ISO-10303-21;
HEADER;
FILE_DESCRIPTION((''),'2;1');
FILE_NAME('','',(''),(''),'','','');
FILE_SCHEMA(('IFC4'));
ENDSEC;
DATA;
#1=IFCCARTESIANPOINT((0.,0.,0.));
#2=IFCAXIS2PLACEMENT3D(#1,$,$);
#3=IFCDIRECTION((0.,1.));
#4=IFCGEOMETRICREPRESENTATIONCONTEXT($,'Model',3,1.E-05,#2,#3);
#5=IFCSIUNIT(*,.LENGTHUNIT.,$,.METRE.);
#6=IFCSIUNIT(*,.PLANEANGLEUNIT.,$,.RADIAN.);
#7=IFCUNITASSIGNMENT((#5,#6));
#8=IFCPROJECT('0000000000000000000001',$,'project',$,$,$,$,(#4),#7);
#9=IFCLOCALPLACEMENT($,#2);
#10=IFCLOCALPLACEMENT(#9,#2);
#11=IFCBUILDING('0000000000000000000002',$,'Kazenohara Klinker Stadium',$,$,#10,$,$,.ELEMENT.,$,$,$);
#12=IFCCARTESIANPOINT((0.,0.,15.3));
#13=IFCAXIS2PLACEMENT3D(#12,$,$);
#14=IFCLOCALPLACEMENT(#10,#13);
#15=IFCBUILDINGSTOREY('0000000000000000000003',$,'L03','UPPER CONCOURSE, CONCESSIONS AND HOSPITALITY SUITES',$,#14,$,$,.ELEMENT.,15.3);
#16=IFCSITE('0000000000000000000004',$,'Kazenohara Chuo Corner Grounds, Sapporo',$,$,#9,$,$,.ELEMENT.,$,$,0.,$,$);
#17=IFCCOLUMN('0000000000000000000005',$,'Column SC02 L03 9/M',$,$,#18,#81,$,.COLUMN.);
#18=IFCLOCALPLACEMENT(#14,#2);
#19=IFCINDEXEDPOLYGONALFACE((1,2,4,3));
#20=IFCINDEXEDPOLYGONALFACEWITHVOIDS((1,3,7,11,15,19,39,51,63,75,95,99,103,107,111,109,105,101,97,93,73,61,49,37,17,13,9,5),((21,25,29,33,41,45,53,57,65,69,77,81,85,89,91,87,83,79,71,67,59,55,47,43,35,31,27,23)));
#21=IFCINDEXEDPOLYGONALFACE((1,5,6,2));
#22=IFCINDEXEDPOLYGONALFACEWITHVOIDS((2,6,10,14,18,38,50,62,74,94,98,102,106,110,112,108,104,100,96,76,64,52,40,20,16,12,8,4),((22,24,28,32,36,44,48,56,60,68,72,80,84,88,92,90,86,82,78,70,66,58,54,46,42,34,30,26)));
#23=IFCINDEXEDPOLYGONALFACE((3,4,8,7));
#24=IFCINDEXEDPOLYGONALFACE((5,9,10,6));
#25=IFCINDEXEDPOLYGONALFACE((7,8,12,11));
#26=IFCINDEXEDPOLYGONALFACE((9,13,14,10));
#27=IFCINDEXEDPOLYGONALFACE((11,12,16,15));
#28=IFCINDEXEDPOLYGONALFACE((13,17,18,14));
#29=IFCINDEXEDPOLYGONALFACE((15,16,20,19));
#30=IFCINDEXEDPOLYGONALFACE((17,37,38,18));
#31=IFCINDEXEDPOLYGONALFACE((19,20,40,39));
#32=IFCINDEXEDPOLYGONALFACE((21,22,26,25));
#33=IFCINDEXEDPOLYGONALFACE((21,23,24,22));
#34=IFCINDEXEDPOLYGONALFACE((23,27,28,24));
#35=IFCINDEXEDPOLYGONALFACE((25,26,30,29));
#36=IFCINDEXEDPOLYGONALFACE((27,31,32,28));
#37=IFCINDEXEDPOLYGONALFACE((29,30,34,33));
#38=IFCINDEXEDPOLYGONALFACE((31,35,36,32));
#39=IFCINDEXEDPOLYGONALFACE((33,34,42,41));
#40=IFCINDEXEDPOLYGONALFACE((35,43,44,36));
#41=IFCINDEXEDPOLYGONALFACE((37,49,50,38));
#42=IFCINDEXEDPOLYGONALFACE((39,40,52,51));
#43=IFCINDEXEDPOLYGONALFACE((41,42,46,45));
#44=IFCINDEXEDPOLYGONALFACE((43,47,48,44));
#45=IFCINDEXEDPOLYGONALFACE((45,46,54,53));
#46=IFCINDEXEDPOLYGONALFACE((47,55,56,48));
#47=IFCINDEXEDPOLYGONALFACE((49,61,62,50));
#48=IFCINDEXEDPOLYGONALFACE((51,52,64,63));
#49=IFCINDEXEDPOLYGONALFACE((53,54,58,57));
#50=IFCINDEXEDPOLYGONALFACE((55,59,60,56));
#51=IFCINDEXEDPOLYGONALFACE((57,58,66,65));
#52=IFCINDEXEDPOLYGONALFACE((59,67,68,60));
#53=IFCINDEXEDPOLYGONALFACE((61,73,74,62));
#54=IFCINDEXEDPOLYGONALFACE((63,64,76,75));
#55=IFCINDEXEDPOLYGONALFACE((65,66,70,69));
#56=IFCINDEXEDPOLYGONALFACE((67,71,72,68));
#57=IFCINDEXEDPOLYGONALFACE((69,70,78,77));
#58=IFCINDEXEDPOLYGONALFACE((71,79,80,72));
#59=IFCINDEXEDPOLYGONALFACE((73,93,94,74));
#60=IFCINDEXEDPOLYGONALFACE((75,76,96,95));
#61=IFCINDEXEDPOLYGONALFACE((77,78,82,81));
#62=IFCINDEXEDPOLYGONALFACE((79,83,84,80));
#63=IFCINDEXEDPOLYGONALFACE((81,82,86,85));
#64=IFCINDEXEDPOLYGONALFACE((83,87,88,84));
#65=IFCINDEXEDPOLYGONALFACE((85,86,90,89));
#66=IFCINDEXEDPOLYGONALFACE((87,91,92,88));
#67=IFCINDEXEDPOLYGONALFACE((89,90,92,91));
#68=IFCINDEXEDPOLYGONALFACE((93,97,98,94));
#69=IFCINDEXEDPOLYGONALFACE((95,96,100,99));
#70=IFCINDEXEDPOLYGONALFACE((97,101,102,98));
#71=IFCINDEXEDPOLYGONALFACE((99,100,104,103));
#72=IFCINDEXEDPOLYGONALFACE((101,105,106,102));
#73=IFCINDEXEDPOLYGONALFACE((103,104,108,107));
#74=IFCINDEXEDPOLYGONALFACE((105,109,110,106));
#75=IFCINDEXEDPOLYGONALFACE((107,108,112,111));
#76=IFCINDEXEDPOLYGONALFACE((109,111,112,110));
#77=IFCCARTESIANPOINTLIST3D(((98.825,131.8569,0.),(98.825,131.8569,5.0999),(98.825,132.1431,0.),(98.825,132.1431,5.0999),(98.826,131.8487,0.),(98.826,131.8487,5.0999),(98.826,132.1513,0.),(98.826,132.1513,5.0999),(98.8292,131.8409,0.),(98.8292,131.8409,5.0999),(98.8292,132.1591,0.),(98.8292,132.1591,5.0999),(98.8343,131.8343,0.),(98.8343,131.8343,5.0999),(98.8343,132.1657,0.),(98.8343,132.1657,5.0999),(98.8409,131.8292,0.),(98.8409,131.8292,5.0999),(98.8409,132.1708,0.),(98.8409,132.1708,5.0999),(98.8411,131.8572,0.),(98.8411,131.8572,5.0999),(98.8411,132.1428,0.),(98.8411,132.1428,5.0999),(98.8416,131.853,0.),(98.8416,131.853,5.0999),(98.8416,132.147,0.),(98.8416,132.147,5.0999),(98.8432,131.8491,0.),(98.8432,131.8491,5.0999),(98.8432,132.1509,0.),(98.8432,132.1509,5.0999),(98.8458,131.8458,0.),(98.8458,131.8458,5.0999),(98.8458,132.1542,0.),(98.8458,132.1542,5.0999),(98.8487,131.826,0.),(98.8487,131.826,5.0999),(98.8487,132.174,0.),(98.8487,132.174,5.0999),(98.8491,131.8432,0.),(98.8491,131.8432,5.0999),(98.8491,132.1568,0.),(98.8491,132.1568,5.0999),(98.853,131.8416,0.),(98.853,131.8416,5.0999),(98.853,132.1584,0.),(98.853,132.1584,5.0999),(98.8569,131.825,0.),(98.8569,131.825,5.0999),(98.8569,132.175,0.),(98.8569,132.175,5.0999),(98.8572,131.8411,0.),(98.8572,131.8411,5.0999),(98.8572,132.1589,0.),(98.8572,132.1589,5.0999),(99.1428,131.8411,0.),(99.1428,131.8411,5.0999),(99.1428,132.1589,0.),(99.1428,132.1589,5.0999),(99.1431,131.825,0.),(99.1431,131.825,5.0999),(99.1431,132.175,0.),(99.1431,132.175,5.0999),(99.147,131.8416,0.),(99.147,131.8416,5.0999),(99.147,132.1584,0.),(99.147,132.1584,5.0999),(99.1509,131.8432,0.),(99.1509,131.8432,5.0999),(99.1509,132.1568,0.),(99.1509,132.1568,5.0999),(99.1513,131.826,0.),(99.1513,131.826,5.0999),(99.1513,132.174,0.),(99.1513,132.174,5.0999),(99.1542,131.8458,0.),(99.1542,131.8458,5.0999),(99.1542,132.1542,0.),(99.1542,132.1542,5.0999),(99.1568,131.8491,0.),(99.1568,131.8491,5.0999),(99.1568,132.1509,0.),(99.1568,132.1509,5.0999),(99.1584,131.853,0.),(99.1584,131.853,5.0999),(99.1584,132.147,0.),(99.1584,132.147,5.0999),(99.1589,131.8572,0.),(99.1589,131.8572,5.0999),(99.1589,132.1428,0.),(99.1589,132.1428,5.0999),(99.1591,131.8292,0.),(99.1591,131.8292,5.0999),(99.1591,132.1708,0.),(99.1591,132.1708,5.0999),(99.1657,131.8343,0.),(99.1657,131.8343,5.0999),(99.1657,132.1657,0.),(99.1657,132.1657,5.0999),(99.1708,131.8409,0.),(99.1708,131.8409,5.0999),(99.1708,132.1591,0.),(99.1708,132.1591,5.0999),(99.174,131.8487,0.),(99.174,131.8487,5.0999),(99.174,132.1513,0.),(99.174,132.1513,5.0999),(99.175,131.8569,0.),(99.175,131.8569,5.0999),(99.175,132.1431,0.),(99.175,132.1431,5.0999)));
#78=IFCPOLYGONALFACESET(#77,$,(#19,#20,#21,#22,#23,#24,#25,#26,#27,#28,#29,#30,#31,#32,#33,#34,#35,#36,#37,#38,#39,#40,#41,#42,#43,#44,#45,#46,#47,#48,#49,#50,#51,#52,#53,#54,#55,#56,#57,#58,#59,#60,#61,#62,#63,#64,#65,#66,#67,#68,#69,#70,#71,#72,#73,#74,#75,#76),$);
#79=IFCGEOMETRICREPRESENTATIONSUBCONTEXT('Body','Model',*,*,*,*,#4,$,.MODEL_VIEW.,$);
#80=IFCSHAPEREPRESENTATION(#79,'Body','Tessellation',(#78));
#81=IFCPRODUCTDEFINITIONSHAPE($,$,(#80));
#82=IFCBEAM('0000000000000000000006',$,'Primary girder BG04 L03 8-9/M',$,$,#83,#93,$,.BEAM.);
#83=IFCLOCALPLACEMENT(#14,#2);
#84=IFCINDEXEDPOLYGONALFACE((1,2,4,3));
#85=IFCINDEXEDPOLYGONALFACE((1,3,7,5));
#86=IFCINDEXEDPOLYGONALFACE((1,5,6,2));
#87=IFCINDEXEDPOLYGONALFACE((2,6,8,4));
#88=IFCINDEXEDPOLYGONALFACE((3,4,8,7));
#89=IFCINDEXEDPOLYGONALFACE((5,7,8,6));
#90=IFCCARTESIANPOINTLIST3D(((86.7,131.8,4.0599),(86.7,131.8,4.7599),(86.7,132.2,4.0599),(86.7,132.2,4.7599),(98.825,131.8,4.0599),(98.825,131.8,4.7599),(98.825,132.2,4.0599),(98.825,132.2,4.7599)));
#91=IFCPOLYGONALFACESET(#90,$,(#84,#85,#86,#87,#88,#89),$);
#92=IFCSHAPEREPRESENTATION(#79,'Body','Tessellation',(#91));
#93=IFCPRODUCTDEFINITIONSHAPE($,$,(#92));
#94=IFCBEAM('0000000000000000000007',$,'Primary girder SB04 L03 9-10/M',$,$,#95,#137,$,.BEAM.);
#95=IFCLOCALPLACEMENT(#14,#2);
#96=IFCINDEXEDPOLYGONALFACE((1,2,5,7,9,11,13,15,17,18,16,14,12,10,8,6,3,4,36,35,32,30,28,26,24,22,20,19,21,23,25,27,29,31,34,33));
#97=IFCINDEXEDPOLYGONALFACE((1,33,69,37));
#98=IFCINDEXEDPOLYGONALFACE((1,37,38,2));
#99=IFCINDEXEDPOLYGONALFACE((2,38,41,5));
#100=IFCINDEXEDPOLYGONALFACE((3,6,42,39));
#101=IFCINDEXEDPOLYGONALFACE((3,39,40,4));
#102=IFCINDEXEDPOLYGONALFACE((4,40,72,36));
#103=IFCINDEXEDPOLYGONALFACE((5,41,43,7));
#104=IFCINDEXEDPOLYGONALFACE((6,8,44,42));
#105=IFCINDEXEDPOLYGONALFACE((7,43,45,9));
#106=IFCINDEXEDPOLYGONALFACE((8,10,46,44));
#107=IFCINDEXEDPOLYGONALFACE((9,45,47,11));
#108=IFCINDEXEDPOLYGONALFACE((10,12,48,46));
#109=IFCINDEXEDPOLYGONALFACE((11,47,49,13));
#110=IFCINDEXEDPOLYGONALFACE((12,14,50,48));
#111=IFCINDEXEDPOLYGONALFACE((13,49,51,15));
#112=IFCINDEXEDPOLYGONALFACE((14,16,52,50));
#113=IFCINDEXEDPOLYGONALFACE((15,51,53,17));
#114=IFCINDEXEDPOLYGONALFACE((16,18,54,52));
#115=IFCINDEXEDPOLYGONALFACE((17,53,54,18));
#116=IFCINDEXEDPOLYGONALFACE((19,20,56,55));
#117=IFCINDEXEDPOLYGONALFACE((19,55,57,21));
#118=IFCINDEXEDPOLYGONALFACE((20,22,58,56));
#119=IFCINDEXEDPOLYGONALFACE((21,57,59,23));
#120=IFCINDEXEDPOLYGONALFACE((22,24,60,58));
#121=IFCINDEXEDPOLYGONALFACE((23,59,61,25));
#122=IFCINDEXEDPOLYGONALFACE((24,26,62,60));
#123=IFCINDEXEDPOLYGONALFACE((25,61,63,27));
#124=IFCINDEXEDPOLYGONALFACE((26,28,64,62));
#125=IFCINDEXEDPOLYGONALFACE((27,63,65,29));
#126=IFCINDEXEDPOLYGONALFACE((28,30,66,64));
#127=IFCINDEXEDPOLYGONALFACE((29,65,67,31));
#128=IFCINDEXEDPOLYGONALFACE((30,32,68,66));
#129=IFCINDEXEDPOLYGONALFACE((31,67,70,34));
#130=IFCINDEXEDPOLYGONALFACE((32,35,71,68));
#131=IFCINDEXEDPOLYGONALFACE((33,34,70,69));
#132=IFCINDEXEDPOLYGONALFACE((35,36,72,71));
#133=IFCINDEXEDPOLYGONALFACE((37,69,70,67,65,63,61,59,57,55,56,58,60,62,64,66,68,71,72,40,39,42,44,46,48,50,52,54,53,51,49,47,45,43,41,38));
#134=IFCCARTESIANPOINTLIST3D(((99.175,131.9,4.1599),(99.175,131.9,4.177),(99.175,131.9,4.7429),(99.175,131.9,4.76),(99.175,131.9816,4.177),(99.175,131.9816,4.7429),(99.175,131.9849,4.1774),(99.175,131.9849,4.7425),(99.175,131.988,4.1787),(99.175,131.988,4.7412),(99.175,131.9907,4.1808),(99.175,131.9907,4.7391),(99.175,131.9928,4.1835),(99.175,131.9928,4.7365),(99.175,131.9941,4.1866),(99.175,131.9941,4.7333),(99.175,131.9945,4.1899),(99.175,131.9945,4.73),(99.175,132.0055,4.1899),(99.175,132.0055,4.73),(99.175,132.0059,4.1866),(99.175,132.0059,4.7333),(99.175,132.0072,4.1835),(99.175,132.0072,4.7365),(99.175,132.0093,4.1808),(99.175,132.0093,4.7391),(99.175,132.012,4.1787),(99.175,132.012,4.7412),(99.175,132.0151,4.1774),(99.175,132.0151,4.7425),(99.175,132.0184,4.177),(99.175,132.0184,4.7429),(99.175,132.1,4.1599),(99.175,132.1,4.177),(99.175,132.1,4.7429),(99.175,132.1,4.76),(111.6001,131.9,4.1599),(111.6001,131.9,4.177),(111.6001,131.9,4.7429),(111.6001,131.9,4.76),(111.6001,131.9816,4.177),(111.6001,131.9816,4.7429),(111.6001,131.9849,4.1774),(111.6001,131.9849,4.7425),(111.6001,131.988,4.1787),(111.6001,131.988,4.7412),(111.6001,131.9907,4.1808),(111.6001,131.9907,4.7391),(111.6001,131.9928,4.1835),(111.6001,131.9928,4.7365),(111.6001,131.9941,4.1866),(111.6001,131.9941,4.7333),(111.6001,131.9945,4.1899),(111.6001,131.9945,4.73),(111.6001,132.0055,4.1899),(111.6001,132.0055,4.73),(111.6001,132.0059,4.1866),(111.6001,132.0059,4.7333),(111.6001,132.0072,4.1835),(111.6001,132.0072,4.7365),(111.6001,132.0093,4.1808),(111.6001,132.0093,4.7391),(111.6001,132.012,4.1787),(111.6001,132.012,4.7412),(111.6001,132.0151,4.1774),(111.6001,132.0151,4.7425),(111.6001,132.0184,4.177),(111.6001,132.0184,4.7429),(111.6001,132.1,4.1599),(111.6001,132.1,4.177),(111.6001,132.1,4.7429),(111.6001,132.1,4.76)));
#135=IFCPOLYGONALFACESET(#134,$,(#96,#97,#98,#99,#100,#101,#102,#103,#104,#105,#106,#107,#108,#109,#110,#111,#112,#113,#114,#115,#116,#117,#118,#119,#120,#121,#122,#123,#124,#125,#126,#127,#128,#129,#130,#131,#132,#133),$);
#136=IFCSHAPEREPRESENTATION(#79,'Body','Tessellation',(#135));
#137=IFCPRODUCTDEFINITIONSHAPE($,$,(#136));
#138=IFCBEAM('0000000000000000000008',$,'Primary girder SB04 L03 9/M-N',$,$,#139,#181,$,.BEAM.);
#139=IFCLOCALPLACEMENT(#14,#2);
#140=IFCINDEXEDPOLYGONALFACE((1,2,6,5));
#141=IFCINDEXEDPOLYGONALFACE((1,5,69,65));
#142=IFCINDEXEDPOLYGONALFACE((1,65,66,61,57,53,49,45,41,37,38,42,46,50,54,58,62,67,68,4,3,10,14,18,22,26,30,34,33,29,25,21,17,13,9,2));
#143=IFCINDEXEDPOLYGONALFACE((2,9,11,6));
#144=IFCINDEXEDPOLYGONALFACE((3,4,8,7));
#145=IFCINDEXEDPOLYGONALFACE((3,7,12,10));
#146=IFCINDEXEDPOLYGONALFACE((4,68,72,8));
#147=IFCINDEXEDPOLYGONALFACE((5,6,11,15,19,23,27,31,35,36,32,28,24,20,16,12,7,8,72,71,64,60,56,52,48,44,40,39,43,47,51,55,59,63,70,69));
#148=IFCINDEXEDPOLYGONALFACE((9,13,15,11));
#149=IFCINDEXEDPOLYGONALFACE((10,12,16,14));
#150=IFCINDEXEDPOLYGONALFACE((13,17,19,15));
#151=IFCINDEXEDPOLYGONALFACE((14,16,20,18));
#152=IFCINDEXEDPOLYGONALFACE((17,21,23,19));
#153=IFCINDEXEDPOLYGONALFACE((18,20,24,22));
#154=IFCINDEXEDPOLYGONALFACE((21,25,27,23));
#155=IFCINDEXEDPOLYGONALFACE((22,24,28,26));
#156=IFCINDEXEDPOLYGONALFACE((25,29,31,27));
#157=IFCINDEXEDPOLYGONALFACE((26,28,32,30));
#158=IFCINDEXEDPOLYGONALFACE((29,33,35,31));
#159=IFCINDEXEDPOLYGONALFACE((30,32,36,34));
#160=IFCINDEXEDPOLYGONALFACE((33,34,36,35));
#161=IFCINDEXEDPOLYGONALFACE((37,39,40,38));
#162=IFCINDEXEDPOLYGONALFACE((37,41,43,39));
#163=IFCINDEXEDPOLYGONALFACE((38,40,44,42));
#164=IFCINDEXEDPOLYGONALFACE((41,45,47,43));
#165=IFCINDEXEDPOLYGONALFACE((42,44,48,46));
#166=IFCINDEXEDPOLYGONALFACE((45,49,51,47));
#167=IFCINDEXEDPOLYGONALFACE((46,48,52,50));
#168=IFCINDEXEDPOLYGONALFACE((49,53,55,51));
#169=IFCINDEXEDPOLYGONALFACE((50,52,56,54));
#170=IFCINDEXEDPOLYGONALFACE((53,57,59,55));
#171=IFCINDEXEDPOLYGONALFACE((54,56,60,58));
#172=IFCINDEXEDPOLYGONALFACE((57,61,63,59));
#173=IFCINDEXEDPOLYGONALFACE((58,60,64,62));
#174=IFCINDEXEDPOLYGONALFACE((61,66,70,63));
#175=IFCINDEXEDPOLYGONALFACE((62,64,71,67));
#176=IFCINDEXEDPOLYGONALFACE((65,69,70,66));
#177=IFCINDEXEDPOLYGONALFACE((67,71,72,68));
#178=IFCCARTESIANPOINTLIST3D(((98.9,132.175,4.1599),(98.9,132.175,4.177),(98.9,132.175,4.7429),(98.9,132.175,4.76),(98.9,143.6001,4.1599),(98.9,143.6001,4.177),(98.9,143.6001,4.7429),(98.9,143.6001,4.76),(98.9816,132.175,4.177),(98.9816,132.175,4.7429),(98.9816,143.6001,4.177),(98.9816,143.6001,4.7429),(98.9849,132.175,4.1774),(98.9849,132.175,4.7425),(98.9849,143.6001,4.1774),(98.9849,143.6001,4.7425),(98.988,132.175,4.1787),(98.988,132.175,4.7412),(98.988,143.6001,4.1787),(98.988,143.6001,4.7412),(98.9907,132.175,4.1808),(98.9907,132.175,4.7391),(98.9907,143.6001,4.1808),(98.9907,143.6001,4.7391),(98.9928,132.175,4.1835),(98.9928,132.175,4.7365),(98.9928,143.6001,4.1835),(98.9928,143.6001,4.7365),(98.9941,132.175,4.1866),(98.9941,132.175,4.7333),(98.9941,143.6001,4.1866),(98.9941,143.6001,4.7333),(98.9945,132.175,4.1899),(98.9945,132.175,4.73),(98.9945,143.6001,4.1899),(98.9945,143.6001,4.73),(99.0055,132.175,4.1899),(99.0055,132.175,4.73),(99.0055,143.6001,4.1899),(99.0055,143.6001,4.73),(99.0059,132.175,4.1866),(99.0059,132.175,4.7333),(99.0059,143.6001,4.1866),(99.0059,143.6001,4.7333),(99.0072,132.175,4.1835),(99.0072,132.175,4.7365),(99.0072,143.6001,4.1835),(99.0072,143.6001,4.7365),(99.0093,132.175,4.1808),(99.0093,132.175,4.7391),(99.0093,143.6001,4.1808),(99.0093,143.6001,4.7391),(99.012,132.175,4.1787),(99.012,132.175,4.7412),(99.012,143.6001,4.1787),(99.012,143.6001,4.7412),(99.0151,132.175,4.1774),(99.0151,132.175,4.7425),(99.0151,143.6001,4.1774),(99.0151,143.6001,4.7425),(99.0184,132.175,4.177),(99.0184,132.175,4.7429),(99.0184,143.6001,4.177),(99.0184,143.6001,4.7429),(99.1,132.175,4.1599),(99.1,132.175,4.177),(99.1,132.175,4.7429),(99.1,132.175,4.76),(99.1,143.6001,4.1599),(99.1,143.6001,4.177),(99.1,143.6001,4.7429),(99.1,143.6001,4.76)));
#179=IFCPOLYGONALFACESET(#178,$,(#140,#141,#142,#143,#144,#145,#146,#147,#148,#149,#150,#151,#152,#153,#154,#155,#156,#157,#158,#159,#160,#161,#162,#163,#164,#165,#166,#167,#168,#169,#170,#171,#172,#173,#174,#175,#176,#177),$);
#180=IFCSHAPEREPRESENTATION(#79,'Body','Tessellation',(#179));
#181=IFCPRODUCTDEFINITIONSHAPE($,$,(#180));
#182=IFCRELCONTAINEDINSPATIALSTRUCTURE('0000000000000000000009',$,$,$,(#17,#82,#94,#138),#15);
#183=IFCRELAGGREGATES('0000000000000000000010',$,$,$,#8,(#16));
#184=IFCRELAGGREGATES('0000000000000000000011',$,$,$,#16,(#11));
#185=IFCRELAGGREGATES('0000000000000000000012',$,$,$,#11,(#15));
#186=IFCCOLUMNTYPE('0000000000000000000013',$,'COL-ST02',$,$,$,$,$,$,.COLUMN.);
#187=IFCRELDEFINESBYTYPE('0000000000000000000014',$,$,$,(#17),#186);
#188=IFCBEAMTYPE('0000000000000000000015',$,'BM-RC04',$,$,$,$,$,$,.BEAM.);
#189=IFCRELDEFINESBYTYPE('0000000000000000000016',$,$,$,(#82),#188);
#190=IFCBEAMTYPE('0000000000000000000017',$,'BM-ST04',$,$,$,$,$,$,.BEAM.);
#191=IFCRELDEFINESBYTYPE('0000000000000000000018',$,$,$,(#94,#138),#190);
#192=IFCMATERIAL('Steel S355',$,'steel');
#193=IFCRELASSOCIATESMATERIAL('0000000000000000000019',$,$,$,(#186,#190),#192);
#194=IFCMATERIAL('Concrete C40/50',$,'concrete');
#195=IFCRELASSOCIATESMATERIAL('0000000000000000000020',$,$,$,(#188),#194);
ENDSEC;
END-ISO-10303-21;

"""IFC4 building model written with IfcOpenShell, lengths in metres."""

from ifc_helpers import new_model, si_unit, direction, frame, origin, origin_2d, place, context, subcontext, project, spatial, rectangle, hollow_rectangle, i_section, extrude, material, material_profile, profile_set, type_object, element, save


model = new_model("IFC4")

# Units and contexts
model_context = context("Model", 3, precision=1e-05, world=origin(), true_north=direction((0.0, 1.0)))
body_context = subcontext(model_context, "Body", "Model", "MODEL_VIEW")
ifc_project = project(units=[si_unit("LENGTHUNIT", "METRE"), si_unit("PLANEANGLEUNIT", "RADIAN")], contexts=[model_context])

# Site, building, storey
site_placement = place(None, origin())
site = spatial("IfcSite", under=ifc_project, at=site_placement, Name="Kazenohara Chuo Corner Grounds, Sapporo", CompositionType="ELEMENT", RefElevation=0.0)
building_placement = place(site_placement, origin())
building = spatial("IfcBuilding", under=site, at=building_placement, Name="Kazenohara Klinker Stadium", CompositionType="ELEMENT")
storey_placement = place(building_placement, frame((0.0, 0.0, 15.3)))
storey = spatial("IfcBuildingStorey", under=building, at=storey_placement, Name="L03", Description="UPPER CONCOURSE, CONCESSIONS AND HOSPITALITY SUITES", CompositionType="ELEMENT", Elevation=15.3)

# Column
ifc_material_1 = material(Name="Steel S355", Category="steel")
ifc_material_profile_1 = material_profile(ifc_material_1, hollow_rectangle(XDim=0.3501, YDim=0.3501, WallThickness=0.0161, InnerFilletRadius=0.0161, OuterFilletRadius=0.032, at=origin_2d()), Name="SHS-350x350x16")
ifc_profile_set_1 = profile_set([ifc_material_profile_1], Name="Steel S355")
column_type = type_object("IfcColumnType", Name="COL-ST02", PredefinedType="COLUMN", material=ifc_profile_set_1)
column_placement = place(storey_placement, frame((99.0, 132.0, 0.0), z_axis=(0.0, 0.0, 1.0), x_axis=(1.0, 0.0, 0.0)))
element("IfcColumn", 1, at=column_placement, inside=storey, type_object=column_type, Name="Column SC02 L03 9/M", PredefinedType="COLUMN", context=body_context, shape_type="SweptSolid", body=[
    extrude(hollow_rectangle(XDim=0.3501, YDim=0.3501, WallThickness=0.0161, InnerFilletRadius=0.0161, OuterFilletRadius=0.032, at=origin_2d()), origin(), (0.0, 0.0, 1.0), 5.0999),
])

# Beams
ifc_material_2 = material(Name="Concrete C40/50", Category="concrete")
ifc_material_profile_2 = material_profile(ifc_material_2, rectangle(XDim=0.3999, YDim=0.7, at=origin_2d()), Name="RC-BM-400x700")
ifc_profile_set_2 = profile_set([ifc_material_profile_2], Name="Concrete C40/50")
beam_type_1 = type_object("IfcBeamType", Name="BM-RC04", PredefinedType="BEAM", material=ifc_profile_set_2)
beam_1_placement = place(storey_placement, frame((86.7, 132.0, 4.4099), z_axis=(1.0, 0.0, 0.0), x_axis=(0.0, 1.0, 0.0)))
element("IfcBeam", 2, at=beam_1_placement, inside=storey, type_object=beam_type_1, Name="Primary girder BG04 L03 8-9/M", PredefinedType="BEAM", context=body_context, shape_type="SweptSolid", body=[
    extrude(rectangle(XDim=0.3999, YDim=0.7, at=origin_2d()), origin(), (0.0, 0.0, 1.0), 12.125),
])
ifc_material_profile_3 = material_profile(ifc_material_1, i_section(OverallWidth=0.2, OverallDepth=0.6001, WebThickness=0.011, FlangeThickness=0.0171, FilletRadius=0.0129, at=origin_2d()), Name="H-600x200x11x17")
ifc_profile_set_3 = profile_set([ifc_material_profile_3], Name="Steel S355")
beam_type_2 = type_object("IfcBeamType", Name="BM-ST04", PredefinedType="BEAM", material=ifc_profile_set_3)
beam_2_placement = place(storey_placement, frame((99.175, 132.0, 4.46), z_axis=(1.0, 0.0, 0.0), x_axis=(0.0, 1.0, 0.0)))
element("IfcBeam", 3, at=beam_2_placement, inside=storey, type_object=beam_type_2, Name="Primary girder SB04 L03 9-10/M", PredefinedType="BEAM", context=body_context, shape_type="SweptSolid", body=[
    extrude(i_section(OverallWidth=0.2, OverallDepth=0.6001, WebThickness=0.011, FlangeThickness=0.0171, FilletRadius=0.0129, at=origin_2d()), origin(), (0.0, 0.0, 1.0), 12.425),
])
beam_3_placement = place(storey_placement, frame((99.0, 132.175, 4.46), z_axis=(0.0, 1.0, 0.0), x_axis=(-1.0, 0.0, 0.0)))
element("IfcBeam", 4, at=beam_3_placement, inside=storey, type_object=beam_type_2, Name="Primary girder SB04 L03 9/M-N", PredefinedType="BEAM", context=body_context, shape_type="SweptSolid", body=[
    extrude(i_section(OverallWidth=0.2, OverallDepth=0.6001, WebThickness=0.011, FlangeThickness=0.0171, FilletRadius=0.0129, at=origin_2d()), origin(), (0.0, 0.0, 1.0), 11.425),
])

save(model, "model.ifc")
